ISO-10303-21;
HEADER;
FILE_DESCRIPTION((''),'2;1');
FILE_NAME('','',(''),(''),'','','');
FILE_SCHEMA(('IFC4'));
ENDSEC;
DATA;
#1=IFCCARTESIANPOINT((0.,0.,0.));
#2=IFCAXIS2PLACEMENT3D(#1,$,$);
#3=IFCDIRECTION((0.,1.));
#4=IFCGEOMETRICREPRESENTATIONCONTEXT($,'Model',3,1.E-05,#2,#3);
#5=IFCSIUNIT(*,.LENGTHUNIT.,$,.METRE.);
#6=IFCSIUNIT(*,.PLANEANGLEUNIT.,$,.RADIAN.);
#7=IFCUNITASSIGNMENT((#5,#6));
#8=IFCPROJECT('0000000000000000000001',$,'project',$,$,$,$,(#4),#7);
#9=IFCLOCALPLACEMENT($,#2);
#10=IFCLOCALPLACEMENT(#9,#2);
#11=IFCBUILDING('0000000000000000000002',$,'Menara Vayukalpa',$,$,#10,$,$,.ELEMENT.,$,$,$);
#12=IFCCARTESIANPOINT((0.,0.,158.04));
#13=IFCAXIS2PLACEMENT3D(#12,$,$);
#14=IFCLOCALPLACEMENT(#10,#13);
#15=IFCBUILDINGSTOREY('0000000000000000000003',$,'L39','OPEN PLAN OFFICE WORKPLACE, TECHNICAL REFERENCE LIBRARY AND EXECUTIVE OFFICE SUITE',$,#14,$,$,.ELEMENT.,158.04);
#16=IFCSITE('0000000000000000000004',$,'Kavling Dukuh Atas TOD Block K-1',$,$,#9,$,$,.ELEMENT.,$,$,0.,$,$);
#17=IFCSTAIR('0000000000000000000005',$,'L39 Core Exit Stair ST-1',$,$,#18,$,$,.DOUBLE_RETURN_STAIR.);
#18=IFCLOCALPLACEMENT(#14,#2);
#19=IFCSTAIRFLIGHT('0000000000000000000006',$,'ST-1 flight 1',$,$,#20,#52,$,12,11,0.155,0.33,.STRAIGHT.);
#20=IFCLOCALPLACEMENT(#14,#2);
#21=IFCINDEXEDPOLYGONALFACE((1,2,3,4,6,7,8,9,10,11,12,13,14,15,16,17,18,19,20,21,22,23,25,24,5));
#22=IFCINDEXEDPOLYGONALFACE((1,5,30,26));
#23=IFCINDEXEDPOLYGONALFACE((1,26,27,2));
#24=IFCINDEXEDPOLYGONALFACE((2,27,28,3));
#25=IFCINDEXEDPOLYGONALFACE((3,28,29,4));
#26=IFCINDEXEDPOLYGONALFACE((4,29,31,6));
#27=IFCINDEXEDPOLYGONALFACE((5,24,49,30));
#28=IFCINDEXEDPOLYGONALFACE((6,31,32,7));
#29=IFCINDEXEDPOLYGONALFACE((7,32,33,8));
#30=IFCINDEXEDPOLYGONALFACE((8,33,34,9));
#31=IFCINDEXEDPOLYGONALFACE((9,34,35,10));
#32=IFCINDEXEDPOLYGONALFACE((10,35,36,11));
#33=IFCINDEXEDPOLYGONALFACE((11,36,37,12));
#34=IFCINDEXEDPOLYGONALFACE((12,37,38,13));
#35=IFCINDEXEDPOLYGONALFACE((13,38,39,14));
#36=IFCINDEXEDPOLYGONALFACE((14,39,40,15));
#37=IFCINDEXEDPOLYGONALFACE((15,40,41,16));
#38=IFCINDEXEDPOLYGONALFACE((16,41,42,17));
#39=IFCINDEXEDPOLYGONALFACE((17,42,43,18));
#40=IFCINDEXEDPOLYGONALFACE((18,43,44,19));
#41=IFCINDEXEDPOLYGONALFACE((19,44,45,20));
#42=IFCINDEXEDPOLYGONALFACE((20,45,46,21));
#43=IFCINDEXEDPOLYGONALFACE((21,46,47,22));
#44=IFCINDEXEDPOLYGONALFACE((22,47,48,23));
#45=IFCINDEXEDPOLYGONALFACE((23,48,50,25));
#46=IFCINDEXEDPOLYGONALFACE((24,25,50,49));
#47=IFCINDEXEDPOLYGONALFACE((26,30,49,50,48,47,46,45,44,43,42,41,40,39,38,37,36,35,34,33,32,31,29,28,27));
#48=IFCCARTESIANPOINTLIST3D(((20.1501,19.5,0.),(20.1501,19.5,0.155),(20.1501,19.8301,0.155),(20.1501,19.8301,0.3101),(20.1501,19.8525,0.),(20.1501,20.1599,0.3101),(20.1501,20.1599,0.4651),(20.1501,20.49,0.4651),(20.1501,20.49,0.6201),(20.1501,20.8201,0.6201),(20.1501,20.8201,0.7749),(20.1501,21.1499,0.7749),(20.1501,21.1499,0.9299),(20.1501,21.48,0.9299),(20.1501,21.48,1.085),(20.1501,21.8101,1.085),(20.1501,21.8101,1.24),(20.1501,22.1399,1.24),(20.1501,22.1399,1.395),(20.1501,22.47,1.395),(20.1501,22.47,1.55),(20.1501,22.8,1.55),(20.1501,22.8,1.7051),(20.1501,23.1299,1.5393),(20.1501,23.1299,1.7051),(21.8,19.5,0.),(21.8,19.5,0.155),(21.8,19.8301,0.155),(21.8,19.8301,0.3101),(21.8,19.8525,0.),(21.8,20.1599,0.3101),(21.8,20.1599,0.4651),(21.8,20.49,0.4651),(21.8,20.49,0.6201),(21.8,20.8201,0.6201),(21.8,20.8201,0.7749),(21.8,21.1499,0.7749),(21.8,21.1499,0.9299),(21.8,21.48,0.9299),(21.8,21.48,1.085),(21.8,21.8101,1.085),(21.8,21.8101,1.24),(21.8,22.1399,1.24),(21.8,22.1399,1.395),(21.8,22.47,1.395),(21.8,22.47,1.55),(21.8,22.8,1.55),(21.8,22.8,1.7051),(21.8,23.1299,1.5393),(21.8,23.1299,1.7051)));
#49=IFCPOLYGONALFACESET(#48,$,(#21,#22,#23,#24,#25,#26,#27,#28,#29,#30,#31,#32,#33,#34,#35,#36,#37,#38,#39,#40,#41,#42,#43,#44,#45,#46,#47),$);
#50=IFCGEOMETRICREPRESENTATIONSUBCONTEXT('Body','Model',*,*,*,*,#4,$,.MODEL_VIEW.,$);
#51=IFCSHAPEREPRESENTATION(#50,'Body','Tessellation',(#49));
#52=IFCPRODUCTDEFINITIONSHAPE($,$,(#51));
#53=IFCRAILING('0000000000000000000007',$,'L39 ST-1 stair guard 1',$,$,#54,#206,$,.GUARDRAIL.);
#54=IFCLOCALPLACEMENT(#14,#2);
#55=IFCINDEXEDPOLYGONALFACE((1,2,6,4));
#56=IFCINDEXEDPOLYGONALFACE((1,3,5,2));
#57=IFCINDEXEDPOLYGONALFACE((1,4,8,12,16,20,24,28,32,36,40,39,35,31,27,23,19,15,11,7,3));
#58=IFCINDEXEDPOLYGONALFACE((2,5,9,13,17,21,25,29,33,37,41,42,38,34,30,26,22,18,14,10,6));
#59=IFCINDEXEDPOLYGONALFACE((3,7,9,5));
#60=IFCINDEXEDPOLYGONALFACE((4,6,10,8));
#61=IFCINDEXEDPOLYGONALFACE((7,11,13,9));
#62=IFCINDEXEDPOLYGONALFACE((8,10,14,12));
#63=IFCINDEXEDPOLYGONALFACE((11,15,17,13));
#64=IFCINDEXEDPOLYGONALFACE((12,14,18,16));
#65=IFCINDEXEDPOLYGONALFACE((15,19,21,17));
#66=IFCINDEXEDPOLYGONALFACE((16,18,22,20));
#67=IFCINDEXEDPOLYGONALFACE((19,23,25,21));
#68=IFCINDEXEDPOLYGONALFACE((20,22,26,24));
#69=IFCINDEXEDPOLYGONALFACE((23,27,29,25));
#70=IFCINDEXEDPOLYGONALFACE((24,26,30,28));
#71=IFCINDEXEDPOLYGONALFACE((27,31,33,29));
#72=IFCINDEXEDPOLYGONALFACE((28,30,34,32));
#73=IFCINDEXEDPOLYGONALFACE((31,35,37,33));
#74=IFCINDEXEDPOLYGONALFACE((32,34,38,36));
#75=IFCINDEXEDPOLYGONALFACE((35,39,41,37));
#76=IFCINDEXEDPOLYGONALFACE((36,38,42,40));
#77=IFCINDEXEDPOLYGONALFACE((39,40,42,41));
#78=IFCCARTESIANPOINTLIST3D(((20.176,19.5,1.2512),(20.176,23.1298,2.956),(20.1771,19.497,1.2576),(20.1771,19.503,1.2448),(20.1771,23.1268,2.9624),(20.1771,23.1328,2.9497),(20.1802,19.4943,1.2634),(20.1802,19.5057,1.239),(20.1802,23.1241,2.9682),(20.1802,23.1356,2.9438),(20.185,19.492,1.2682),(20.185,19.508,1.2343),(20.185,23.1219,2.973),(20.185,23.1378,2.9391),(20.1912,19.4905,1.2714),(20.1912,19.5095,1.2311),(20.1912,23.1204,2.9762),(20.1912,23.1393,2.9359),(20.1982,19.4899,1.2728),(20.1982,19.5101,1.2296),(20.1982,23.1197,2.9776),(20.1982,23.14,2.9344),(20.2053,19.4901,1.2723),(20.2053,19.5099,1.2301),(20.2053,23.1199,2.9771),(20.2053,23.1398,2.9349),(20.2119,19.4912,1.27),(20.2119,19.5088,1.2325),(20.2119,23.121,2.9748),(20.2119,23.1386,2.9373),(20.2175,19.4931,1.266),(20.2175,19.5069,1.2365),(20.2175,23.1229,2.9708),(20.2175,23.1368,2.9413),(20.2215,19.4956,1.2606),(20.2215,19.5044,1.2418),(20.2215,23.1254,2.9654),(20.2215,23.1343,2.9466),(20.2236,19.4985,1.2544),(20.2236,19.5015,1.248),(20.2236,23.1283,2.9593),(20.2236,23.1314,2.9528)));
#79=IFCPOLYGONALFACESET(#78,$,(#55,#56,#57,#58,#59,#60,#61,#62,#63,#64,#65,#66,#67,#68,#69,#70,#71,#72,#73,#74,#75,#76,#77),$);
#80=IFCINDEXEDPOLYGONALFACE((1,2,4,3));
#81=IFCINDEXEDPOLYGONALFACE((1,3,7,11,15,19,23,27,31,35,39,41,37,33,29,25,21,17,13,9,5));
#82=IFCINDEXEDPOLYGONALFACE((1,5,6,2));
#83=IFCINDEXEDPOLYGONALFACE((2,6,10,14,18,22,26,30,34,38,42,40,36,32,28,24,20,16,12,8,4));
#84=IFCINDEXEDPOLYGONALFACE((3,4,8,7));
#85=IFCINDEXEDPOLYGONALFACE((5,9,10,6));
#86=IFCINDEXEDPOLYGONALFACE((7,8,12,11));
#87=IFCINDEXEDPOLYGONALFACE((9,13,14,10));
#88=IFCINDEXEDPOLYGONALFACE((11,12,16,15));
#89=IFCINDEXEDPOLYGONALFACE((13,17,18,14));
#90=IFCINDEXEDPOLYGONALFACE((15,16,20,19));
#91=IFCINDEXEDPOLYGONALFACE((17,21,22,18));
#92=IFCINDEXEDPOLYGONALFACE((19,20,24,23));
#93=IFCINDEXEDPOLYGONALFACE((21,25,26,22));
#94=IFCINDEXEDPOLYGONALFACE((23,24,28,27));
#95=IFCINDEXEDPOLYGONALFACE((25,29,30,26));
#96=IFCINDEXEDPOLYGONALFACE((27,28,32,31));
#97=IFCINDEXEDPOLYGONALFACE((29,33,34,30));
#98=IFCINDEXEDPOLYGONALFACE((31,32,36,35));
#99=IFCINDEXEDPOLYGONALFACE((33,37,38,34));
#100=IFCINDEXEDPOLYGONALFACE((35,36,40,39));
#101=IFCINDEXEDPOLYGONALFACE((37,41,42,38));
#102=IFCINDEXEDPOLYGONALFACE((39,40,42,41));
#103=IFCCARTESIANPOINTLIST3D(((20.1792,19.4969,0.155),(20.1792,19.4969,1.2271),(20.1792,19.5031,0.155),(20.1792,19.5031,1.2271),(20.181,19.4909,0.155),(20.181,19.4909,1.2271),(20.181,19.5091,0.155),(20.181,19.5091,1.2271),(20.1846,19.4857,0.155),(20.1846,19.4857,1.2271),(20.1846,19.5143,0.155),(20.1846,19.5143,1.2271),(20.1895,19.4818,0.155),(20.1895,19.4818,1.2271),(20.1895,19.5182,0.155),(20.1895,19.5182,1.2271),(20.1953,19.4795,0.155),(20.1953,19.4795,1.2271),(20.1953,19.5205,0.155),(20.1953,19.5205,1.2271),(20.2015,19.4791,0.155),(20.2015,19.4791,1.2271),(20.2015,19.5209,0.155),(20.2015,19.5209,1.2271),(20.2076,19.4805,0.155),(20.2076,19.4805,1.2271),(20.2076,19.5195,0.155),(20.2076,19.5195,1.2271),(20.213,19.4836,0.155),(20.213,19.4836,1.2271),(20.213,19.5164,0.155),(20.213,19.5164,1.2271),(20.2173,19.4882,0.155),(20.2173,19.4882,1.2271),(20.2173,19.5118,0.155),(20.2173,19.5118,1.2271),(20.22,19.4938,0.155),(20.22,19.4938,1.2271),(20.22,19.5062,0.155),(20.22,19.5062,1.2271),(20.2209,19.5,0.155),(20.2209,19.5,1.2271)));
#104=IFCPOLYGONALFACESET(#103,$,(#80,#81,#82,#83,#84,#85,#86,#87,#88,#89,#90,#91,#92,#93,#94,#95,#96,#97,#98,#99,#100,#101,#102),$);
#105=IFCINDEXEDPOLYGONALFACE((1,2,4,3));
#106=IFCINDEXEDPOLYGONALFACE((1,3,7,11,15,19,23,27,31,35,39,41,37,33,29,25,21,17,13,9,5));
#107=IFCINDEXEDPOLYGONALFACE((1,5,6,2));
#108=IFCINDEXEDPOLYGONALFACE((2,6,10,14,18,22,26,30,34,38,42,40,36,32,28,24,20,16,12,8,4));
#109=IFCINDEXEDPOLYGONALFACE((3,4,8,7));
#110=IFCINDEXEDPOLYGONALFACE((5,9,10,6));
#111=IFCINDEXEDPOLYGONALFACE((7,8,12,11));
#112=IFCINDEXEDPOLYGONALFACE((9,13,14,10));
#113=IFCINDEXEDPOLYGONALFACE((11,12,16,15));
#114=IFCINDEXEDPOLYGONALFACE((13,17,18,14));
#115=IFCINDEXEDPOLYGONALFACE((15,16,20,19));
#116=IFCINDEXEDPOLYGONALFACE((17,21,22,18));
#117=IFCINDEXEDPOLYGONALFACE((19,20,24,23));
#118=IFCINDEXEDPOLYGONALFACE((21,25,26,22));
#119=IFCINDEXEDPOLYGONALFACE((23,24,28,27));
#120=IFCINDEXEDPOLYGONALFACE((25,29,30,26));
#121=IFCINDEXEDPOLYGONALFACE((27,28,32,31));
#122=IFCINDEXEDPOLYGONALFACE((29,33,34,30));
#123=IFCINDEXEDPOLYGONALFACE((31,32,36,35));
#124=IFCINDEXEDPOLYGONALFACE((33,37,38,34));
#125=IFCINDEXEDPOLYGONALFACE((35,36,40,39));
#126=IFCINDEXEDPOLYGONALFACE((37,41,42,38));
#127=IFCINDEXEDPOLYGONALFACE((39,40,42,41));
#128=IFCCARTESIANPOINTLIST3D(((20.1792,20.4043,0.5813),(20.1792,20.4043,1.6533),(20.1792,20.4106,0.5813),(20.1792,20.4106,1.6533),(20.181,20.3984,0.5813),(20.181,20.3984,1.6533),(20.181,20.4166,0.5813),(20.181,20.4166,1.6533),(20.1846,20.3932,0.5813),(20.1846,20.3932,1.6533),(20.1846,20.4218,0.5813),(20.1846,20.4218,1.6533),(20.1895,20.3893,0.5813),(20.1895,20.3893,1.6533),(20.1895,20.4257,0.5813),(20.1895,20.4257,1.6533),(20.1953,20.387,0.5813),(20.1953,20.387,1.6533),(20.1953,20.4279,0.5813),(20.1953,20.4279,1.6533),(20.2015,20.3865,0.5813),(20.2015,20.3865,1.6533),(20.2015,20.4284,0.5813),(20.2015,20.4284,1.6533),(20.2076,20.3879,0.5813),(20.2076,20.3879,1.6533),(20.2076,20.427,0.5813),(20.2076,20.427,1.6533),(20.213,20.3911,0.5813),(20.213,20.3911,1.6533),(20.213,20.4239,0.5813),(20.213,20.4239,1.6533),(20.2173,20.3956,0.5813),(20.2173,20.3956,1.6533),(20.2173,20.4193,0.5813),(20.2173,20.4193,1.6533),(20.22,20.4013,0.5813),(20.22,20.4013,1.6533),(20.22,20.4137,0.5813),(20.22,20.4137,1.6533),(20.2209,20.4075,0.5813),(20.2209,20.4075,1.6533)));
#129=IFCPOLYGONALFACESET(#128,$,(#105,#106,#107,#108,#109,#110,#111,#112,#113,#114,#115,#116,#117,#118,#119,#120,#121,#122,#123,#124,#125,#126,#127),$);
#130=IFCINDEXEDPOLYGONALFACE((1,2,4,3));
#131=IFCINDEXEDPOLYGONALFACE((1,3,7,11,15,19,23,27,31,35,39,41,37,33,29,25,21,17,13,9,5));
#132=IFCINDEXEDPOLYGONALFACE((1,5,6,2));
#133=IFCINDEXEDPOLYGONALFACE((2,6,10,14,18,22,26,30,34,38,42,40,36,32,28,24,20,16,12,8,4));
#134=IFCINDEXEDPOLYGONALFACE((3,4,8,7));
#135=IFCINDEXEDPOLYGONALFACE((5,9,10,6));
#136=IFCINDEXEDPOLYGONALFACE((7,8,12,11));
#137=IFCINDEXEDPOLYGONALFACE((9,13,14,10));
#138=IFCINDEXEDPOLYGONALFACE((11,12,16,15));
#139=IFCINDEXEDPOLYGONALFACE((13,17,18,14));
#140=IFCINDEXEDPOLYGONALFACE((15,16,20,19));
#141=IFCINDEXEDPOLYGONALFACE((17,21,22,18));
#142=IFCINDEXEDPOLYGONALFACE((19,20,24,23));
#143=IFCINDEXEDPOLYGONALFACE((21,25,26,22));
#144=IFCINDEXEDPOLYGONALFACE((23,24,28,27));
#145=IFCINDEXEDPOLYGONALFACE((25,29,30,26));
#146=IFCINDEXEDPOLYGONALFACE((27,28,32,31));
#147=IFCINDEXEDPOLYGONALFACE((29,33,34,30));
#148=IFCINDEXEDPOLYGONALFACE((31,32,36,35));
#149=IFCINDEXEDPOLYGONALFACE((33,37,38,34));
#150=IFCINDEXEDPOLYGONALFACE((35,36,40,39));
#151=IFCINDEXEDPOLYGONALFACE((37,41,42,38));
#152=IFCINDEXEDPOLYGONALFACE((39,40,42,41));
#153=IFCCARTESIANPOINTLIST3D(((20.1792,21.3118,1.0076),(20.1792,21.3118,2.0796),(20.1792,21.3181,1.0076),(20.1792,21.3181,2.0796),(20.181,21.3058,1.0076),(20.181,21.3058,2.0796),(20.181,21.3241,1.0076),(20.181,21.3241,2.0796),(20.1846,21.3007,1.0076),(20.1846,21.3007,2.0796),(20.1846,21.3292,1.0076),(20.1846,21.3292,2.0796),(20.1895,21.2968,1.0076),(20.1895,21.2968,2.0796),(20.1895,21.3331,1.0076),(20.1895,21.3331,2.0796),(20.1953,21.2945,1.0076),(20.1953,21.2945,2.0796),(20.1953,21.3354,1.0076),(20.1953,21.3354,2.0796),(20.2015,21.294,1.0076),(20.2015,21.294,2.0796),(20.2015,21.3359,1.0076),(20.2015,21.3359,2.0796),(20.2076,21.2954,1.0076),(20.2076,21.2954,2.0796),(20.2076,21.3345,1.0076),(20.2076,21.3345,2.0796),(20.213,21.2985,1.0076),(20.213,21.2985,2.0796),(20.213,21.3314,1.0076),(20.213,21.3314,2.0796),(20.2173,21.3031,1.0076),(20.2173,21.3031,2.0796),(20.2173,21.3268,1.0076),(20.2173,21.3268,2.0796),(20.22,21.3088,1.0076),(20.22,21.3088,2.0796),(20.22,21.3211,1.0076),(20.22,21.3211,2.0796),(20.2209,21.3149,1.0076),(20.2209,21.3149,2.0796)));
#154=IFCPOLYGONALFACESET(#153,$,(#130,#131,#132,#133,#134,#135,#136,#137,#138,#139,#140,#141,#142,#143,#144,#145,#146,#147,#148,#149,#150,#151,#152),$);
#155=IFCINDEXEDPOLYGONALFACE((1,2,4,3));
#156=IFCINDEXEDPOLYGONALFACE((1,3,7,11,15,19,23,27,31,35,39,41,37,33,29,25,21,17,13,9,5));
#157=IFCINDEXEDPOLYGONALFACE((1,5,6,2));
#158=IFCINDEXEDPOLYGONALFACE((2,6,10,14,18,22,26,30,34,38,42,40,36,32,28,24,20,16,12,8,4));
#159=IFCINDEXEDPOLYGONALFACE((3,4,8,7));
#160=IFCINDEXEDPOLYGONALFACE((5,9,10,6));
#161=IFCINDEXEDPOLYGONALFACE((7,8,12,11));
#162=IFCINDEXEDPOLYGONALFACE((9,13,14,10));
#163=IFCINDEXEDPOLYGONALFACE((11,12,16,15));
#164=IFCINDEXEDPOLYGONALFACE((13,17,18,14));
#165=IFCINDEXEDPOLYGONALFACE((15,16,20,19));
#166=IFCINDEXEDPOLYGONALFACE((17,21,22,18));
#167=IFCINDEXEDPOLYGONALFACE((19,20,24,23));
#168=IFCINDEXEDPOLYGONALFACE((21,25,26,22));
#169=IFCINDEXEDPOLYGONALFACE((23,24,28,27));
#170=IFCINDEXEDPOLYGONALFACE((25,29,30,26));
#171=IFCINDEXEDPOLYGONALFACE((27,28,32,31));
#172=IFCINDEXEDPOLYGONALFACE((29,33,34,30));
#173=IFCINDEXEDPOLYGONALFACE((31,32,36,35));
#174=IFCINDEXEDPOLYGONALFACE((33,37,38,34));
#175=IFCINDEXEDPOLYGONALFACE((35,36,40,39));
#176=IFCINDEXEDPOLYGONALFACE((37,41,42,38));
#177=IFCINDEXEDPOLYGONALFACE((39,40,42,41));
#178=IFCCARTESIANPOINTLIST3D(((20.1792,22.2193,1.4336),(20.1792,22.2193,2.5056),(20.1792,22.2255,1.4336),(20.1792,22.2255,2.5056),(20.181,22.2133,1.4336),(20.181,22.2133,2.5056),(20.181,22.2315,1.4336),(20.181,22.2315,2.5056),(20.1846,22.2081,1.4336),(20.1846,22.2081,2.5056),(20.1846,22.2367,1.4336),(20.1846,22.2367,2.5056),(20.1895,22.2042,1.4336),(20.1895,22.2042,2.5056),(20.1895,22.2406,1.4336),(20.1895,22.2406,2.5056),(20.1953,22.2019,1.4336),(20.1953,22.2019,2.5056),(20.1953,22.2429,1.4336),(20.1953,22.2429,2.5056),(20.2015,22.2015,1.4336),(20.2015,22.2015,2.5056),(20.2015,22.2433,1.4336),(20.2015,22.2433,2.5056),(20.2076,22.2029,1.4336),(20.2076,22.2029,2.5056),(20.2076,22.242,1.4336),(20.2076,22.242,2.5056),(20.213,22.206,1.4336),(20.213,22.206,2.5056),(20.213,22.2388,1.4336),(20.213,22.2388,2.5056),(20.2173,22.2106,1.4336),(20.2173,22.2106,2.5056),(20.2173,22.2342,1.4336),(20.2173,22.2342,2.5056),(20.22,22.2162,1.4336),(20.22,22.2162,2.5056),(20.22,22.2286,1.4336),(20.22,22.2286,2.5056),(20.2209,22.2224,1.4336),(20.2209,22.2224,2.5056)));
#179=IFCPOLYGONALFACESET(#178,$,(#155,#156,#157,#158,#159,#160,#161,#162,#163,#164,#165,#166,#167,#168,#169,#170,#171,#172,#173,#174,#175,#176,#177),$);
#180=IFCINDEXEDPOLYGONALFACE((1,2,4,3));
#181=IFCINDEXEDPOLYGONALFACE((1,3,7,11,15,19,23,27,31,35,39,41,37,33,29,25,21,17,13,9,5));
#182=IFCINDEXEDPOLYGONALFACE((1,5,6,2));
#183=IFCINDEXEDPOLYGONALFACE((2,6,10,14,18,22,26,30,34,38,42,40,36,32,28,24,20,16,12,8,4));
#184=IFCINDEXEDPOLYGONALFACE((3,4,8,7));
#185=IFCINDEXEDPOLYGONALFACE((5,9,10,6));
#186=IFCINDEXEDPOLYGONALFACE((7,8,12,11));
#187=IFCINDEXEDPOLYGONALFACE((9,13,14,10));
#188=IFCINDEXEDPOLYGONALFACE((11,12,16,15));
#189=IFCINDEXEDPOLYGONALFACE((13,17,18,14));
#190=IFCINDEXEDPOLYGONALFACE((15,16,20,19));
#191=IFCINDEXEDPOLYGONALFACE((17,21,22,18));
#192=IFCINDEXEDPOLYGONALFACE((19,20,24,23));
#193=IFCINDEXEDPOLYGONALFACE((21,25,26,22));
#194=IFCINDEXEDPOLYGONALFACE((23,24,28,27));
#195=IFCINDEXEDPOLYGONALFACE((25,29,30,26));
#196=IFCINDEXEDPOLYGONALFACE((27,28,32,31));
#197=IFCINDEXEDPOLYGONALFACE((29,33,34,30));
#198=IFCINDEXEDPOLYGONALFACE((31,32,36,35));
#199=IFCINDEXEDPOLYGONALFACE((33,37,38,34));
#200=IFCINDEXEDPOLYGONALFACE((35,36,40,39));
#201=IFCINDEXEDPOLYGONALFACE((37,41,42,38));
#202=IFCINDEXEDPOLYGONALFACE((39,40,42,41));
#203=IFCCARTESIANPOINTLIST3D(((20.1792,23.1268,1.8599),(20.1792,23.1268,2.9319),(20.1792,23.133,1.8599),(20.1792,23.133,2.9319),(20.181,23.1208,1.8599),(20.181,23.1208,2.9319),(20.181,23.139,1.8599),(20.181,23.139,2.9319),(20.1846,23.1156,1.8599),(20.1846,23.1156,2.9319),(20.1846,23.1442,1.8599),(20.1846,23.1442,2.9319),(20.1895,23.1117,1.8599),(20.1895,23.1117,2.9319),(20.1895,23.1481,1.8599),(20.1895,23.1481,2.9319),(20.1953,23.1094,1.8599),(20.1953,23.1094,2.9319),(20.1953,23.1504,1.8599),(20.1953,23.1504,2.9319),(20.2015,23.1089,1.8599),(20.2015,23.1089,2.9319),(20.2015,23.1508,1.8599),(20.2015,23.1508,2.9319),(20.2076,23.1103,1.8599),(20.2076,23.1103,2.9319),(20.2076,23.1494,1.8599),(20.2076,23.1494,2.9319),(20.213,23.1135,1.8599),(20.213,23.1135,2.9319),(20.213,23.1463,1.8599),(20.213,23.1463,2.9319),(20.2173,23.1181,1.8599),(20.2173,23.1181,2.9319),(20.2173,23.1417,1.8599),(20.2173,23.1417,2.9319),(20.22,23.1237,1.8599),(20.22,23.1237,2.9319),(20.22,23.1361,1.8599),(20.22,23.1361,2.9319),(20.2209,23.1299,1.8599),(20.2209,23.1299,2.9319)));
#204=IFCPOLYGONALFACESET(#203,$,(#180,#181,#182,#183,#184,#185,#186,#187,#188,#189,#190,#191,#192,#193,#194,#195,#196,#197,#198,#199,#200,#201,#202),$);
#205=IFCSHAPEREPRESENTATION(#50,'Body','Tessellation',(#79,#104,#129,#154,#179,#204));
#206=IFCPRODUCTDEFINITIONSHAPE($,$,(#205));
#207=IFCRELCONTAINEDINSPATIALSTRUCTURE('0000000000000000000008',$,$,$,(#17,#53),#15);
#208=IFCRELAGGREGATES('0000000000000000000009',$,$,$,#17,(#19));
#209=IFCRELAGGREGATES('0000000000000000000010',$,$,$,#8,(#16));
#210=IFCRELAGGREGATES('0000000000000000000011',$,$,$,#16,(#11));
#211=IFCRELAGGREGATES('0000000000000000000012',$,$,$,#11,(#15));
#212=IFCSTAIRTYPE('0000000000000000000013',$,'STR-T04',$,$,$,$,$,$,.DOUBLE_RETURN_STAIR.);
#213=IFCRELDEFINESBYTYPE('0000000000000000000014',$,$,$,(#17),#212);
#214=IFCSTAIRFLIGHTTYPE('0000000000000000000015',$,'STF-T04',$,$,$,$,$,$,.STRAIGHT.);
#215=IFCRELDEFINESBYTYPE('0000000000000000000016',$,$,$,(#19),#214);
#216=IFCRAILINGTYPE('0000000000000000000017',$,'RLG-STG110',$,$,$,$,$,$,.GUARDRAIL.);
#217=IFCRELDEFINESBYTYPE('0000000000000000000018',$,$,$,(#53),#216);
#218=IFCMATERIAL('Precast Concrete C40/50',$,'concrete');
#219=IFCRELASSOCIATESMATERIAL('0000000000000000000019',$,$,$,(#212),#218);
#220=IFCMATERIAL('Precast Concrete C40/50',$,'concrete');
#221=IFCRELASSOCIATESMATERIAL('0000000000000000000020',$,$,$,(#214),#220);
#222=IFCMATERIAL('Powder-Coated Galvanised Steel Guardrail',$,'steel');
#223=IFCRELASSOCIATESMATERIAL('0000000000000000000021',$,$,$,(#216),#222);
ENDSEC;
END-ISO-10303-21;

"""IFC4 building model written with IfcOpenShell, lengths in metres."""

from ifc_helpers import new_model, si_unit, direction, frame, origin, origin_2d, place, context, subcontext, project, spatial, polyline, circle, outline, extrude, material, type_object, element, aggregate, save


model = new_model("IFC4")

# Units and contexts
model_context = context("Model", 3, precision=1e-05, world=origin(), true_north=direction((0.0, 1.0)))
body_context = subcontext(model_context, "Body", "Model", "MODEL_VIEW")
ifc_project = project(units=[si_unit("LENGTHUNIT", "METRE"), si_unit("PLANEANGLEUNIT", "RADIAN")], contexts=[model_context])

# Site, building, storey
site_placement = place(None, origin())
site = spatial("IfcSite", under=ifc_project, at=site_placement, Name="Kavling Dukuh Atas TOD Block K-1", CompositionType="ELEMENT", RefElevation=0.0)
building_placement = place(site_placement, origin())
building = spatial("IfcBuilding", under=site, at=building_placement, Name="Menara Vayukalpa", CompositionType="ELEMENT")
storey_placement = place(building_placement, frame((0.0, 0.0, 158.04)))
storey = spatial("IfcBuildingStorey", under=building, at=storey_placement, Name="L39", Description="OPEN PLAN OFFICE WORKPLACE, TECHNICAL REFERENCE LIBRARY AND EXECUTIVE OFFICE SUITE", CompositionType="ELEMENT", Elevation=158.04)

# Stair, stair flight
ifc_material_1 = material(Name="Precast Concrete C40/50", Category="concrete")
stair_type = type_object("IfcStairType", Name="STR-T04", PredefinedType="DOUBLE_RETURN_STAIR", material=ifc_material_1)
stair_placement = place(storey_placement, origin())
stair = element("IfcStair", 1, at=stair_placement, inside=storey, type_object=stair_type, Name="L39 Core Exit Stair ST-1", PredefinedType="DOUBLE_RETURN_STAIR")
ifc_material_2 = material(Name="Precast Concrete C40/50", Category="concrete")
stair_flight_type = type_object("IfcStairFlightType", Name="STF-T04", PredefinedType="STRAIGHT", material=ifc_material_2)
stair_flight_placement = place(storey_placement, frame((20.9751, 19.5, 0.0), z_axis=(0.0, 0.0, 1.0), x_axis=(0.0, 1.0, 0.0)))
stair_flight = element("IfcStairFlight", 2, at=stair_flight_placement, type_object=stair_flight_type, Name="ST-1 flight 1", NumberOfRisers=12, NumberOfTreads=11, PredefinedType="STRAIGHT", RiserHeight=0.155, TreadLength=0.33, context=body_context, shape_type="SweptSolid", body=[
    extrude(outline(polyline([(0.0, 0.0), (0.0, 0.155), (0.3301, 0.155), (0.3301, 0.3101), (0.6599, 0.3101), (0.6599, 0.4651), (0.99, 0.4651), (0.99, 0.6201), (1.3201, 0.6201), (1.3201, 0.7749), (1.6499, 0.7749), (1.6499, 0.9299), (1.98, 0.9299), (1.98, 1.085), (2.3101, 1.085), (2.3101, 1.24), (2.6399, 1.24), (2.6399, 1.395), (2.97, 1.395), (2.97, 1.55), (3.3, 1.55), (3.3, 1.7051), (3.6299, 1.7051), (3.6299, 1.8601), (3.6299, 1.5393), (0.3525, 0.0), (0.0, 0.0)])), frame((0.0, 0.825, 0.0), z_axis=(0.0, -1.0, 0.0), x_axis=(1.0, 0.0, 0.0)), (0.0, 0.0, 1.0), 1.6499),
])
aggregate(stair, [stair_flight])

# Railing
ifc_material_3 = material(Name="Powder-Coated Galvanised Steel Guardrail", Category="steel")
railing_type_1 = type_object("IfcRailingType", Name="RLG-STG110", PredefinedType="GUARDRAIL", material=ifc_material_3)
railing_1_placement = place(storey_placement, frame((20.2, 19.5, 0.155)))
element("IfcRailing", 3, at=railing_1_placement, inside=storey, type_object=railing_type_1, Name="L39 ST-1 stair guard 1", PredefinedType="GUARDRAIL", context=body_context, shape_type="SweptSolid", body=[
    extrude(circle(Radius=0.0239, at=origin_2d()), frame((0.0, 0.0, 1.0962), z_axis=(0.0, 0.90514, 0.425114), x_axis=(-1.0, 0.0, 0.0)), (0.0, 0.0, 1.0), 4.0103),
    extrude(circle(Radius=0.021, at=origin_2d()), origin(), (0.0, 0.0, 1.0), 1.072),
    extrude(circle(Radius=0.021, at=origin_2d()), frame((0.0, 0.9075, 0.4263)), (0.0, 0.0, 1.0), 1.072),
    extrude(circle(Radius=0.021, at=origin_2d()), frame((0.0, 1.8149, 0.8525)), (0.0, 0.0, 1.0), 1.072),
    extrude(circle(Radius=0.021, at=origin_2d()), frame((0.0, 2.7224, 1.2786)), (0.0, 0.0, 1.0), 1.072),
    extrude(circle(Radius=0.021, at=origin_2d()), frame((0.0, 3.6299, 1.7048)), (0.0, 0.0, 1.0), 1.072),
])

save(model, "model.ifc")
